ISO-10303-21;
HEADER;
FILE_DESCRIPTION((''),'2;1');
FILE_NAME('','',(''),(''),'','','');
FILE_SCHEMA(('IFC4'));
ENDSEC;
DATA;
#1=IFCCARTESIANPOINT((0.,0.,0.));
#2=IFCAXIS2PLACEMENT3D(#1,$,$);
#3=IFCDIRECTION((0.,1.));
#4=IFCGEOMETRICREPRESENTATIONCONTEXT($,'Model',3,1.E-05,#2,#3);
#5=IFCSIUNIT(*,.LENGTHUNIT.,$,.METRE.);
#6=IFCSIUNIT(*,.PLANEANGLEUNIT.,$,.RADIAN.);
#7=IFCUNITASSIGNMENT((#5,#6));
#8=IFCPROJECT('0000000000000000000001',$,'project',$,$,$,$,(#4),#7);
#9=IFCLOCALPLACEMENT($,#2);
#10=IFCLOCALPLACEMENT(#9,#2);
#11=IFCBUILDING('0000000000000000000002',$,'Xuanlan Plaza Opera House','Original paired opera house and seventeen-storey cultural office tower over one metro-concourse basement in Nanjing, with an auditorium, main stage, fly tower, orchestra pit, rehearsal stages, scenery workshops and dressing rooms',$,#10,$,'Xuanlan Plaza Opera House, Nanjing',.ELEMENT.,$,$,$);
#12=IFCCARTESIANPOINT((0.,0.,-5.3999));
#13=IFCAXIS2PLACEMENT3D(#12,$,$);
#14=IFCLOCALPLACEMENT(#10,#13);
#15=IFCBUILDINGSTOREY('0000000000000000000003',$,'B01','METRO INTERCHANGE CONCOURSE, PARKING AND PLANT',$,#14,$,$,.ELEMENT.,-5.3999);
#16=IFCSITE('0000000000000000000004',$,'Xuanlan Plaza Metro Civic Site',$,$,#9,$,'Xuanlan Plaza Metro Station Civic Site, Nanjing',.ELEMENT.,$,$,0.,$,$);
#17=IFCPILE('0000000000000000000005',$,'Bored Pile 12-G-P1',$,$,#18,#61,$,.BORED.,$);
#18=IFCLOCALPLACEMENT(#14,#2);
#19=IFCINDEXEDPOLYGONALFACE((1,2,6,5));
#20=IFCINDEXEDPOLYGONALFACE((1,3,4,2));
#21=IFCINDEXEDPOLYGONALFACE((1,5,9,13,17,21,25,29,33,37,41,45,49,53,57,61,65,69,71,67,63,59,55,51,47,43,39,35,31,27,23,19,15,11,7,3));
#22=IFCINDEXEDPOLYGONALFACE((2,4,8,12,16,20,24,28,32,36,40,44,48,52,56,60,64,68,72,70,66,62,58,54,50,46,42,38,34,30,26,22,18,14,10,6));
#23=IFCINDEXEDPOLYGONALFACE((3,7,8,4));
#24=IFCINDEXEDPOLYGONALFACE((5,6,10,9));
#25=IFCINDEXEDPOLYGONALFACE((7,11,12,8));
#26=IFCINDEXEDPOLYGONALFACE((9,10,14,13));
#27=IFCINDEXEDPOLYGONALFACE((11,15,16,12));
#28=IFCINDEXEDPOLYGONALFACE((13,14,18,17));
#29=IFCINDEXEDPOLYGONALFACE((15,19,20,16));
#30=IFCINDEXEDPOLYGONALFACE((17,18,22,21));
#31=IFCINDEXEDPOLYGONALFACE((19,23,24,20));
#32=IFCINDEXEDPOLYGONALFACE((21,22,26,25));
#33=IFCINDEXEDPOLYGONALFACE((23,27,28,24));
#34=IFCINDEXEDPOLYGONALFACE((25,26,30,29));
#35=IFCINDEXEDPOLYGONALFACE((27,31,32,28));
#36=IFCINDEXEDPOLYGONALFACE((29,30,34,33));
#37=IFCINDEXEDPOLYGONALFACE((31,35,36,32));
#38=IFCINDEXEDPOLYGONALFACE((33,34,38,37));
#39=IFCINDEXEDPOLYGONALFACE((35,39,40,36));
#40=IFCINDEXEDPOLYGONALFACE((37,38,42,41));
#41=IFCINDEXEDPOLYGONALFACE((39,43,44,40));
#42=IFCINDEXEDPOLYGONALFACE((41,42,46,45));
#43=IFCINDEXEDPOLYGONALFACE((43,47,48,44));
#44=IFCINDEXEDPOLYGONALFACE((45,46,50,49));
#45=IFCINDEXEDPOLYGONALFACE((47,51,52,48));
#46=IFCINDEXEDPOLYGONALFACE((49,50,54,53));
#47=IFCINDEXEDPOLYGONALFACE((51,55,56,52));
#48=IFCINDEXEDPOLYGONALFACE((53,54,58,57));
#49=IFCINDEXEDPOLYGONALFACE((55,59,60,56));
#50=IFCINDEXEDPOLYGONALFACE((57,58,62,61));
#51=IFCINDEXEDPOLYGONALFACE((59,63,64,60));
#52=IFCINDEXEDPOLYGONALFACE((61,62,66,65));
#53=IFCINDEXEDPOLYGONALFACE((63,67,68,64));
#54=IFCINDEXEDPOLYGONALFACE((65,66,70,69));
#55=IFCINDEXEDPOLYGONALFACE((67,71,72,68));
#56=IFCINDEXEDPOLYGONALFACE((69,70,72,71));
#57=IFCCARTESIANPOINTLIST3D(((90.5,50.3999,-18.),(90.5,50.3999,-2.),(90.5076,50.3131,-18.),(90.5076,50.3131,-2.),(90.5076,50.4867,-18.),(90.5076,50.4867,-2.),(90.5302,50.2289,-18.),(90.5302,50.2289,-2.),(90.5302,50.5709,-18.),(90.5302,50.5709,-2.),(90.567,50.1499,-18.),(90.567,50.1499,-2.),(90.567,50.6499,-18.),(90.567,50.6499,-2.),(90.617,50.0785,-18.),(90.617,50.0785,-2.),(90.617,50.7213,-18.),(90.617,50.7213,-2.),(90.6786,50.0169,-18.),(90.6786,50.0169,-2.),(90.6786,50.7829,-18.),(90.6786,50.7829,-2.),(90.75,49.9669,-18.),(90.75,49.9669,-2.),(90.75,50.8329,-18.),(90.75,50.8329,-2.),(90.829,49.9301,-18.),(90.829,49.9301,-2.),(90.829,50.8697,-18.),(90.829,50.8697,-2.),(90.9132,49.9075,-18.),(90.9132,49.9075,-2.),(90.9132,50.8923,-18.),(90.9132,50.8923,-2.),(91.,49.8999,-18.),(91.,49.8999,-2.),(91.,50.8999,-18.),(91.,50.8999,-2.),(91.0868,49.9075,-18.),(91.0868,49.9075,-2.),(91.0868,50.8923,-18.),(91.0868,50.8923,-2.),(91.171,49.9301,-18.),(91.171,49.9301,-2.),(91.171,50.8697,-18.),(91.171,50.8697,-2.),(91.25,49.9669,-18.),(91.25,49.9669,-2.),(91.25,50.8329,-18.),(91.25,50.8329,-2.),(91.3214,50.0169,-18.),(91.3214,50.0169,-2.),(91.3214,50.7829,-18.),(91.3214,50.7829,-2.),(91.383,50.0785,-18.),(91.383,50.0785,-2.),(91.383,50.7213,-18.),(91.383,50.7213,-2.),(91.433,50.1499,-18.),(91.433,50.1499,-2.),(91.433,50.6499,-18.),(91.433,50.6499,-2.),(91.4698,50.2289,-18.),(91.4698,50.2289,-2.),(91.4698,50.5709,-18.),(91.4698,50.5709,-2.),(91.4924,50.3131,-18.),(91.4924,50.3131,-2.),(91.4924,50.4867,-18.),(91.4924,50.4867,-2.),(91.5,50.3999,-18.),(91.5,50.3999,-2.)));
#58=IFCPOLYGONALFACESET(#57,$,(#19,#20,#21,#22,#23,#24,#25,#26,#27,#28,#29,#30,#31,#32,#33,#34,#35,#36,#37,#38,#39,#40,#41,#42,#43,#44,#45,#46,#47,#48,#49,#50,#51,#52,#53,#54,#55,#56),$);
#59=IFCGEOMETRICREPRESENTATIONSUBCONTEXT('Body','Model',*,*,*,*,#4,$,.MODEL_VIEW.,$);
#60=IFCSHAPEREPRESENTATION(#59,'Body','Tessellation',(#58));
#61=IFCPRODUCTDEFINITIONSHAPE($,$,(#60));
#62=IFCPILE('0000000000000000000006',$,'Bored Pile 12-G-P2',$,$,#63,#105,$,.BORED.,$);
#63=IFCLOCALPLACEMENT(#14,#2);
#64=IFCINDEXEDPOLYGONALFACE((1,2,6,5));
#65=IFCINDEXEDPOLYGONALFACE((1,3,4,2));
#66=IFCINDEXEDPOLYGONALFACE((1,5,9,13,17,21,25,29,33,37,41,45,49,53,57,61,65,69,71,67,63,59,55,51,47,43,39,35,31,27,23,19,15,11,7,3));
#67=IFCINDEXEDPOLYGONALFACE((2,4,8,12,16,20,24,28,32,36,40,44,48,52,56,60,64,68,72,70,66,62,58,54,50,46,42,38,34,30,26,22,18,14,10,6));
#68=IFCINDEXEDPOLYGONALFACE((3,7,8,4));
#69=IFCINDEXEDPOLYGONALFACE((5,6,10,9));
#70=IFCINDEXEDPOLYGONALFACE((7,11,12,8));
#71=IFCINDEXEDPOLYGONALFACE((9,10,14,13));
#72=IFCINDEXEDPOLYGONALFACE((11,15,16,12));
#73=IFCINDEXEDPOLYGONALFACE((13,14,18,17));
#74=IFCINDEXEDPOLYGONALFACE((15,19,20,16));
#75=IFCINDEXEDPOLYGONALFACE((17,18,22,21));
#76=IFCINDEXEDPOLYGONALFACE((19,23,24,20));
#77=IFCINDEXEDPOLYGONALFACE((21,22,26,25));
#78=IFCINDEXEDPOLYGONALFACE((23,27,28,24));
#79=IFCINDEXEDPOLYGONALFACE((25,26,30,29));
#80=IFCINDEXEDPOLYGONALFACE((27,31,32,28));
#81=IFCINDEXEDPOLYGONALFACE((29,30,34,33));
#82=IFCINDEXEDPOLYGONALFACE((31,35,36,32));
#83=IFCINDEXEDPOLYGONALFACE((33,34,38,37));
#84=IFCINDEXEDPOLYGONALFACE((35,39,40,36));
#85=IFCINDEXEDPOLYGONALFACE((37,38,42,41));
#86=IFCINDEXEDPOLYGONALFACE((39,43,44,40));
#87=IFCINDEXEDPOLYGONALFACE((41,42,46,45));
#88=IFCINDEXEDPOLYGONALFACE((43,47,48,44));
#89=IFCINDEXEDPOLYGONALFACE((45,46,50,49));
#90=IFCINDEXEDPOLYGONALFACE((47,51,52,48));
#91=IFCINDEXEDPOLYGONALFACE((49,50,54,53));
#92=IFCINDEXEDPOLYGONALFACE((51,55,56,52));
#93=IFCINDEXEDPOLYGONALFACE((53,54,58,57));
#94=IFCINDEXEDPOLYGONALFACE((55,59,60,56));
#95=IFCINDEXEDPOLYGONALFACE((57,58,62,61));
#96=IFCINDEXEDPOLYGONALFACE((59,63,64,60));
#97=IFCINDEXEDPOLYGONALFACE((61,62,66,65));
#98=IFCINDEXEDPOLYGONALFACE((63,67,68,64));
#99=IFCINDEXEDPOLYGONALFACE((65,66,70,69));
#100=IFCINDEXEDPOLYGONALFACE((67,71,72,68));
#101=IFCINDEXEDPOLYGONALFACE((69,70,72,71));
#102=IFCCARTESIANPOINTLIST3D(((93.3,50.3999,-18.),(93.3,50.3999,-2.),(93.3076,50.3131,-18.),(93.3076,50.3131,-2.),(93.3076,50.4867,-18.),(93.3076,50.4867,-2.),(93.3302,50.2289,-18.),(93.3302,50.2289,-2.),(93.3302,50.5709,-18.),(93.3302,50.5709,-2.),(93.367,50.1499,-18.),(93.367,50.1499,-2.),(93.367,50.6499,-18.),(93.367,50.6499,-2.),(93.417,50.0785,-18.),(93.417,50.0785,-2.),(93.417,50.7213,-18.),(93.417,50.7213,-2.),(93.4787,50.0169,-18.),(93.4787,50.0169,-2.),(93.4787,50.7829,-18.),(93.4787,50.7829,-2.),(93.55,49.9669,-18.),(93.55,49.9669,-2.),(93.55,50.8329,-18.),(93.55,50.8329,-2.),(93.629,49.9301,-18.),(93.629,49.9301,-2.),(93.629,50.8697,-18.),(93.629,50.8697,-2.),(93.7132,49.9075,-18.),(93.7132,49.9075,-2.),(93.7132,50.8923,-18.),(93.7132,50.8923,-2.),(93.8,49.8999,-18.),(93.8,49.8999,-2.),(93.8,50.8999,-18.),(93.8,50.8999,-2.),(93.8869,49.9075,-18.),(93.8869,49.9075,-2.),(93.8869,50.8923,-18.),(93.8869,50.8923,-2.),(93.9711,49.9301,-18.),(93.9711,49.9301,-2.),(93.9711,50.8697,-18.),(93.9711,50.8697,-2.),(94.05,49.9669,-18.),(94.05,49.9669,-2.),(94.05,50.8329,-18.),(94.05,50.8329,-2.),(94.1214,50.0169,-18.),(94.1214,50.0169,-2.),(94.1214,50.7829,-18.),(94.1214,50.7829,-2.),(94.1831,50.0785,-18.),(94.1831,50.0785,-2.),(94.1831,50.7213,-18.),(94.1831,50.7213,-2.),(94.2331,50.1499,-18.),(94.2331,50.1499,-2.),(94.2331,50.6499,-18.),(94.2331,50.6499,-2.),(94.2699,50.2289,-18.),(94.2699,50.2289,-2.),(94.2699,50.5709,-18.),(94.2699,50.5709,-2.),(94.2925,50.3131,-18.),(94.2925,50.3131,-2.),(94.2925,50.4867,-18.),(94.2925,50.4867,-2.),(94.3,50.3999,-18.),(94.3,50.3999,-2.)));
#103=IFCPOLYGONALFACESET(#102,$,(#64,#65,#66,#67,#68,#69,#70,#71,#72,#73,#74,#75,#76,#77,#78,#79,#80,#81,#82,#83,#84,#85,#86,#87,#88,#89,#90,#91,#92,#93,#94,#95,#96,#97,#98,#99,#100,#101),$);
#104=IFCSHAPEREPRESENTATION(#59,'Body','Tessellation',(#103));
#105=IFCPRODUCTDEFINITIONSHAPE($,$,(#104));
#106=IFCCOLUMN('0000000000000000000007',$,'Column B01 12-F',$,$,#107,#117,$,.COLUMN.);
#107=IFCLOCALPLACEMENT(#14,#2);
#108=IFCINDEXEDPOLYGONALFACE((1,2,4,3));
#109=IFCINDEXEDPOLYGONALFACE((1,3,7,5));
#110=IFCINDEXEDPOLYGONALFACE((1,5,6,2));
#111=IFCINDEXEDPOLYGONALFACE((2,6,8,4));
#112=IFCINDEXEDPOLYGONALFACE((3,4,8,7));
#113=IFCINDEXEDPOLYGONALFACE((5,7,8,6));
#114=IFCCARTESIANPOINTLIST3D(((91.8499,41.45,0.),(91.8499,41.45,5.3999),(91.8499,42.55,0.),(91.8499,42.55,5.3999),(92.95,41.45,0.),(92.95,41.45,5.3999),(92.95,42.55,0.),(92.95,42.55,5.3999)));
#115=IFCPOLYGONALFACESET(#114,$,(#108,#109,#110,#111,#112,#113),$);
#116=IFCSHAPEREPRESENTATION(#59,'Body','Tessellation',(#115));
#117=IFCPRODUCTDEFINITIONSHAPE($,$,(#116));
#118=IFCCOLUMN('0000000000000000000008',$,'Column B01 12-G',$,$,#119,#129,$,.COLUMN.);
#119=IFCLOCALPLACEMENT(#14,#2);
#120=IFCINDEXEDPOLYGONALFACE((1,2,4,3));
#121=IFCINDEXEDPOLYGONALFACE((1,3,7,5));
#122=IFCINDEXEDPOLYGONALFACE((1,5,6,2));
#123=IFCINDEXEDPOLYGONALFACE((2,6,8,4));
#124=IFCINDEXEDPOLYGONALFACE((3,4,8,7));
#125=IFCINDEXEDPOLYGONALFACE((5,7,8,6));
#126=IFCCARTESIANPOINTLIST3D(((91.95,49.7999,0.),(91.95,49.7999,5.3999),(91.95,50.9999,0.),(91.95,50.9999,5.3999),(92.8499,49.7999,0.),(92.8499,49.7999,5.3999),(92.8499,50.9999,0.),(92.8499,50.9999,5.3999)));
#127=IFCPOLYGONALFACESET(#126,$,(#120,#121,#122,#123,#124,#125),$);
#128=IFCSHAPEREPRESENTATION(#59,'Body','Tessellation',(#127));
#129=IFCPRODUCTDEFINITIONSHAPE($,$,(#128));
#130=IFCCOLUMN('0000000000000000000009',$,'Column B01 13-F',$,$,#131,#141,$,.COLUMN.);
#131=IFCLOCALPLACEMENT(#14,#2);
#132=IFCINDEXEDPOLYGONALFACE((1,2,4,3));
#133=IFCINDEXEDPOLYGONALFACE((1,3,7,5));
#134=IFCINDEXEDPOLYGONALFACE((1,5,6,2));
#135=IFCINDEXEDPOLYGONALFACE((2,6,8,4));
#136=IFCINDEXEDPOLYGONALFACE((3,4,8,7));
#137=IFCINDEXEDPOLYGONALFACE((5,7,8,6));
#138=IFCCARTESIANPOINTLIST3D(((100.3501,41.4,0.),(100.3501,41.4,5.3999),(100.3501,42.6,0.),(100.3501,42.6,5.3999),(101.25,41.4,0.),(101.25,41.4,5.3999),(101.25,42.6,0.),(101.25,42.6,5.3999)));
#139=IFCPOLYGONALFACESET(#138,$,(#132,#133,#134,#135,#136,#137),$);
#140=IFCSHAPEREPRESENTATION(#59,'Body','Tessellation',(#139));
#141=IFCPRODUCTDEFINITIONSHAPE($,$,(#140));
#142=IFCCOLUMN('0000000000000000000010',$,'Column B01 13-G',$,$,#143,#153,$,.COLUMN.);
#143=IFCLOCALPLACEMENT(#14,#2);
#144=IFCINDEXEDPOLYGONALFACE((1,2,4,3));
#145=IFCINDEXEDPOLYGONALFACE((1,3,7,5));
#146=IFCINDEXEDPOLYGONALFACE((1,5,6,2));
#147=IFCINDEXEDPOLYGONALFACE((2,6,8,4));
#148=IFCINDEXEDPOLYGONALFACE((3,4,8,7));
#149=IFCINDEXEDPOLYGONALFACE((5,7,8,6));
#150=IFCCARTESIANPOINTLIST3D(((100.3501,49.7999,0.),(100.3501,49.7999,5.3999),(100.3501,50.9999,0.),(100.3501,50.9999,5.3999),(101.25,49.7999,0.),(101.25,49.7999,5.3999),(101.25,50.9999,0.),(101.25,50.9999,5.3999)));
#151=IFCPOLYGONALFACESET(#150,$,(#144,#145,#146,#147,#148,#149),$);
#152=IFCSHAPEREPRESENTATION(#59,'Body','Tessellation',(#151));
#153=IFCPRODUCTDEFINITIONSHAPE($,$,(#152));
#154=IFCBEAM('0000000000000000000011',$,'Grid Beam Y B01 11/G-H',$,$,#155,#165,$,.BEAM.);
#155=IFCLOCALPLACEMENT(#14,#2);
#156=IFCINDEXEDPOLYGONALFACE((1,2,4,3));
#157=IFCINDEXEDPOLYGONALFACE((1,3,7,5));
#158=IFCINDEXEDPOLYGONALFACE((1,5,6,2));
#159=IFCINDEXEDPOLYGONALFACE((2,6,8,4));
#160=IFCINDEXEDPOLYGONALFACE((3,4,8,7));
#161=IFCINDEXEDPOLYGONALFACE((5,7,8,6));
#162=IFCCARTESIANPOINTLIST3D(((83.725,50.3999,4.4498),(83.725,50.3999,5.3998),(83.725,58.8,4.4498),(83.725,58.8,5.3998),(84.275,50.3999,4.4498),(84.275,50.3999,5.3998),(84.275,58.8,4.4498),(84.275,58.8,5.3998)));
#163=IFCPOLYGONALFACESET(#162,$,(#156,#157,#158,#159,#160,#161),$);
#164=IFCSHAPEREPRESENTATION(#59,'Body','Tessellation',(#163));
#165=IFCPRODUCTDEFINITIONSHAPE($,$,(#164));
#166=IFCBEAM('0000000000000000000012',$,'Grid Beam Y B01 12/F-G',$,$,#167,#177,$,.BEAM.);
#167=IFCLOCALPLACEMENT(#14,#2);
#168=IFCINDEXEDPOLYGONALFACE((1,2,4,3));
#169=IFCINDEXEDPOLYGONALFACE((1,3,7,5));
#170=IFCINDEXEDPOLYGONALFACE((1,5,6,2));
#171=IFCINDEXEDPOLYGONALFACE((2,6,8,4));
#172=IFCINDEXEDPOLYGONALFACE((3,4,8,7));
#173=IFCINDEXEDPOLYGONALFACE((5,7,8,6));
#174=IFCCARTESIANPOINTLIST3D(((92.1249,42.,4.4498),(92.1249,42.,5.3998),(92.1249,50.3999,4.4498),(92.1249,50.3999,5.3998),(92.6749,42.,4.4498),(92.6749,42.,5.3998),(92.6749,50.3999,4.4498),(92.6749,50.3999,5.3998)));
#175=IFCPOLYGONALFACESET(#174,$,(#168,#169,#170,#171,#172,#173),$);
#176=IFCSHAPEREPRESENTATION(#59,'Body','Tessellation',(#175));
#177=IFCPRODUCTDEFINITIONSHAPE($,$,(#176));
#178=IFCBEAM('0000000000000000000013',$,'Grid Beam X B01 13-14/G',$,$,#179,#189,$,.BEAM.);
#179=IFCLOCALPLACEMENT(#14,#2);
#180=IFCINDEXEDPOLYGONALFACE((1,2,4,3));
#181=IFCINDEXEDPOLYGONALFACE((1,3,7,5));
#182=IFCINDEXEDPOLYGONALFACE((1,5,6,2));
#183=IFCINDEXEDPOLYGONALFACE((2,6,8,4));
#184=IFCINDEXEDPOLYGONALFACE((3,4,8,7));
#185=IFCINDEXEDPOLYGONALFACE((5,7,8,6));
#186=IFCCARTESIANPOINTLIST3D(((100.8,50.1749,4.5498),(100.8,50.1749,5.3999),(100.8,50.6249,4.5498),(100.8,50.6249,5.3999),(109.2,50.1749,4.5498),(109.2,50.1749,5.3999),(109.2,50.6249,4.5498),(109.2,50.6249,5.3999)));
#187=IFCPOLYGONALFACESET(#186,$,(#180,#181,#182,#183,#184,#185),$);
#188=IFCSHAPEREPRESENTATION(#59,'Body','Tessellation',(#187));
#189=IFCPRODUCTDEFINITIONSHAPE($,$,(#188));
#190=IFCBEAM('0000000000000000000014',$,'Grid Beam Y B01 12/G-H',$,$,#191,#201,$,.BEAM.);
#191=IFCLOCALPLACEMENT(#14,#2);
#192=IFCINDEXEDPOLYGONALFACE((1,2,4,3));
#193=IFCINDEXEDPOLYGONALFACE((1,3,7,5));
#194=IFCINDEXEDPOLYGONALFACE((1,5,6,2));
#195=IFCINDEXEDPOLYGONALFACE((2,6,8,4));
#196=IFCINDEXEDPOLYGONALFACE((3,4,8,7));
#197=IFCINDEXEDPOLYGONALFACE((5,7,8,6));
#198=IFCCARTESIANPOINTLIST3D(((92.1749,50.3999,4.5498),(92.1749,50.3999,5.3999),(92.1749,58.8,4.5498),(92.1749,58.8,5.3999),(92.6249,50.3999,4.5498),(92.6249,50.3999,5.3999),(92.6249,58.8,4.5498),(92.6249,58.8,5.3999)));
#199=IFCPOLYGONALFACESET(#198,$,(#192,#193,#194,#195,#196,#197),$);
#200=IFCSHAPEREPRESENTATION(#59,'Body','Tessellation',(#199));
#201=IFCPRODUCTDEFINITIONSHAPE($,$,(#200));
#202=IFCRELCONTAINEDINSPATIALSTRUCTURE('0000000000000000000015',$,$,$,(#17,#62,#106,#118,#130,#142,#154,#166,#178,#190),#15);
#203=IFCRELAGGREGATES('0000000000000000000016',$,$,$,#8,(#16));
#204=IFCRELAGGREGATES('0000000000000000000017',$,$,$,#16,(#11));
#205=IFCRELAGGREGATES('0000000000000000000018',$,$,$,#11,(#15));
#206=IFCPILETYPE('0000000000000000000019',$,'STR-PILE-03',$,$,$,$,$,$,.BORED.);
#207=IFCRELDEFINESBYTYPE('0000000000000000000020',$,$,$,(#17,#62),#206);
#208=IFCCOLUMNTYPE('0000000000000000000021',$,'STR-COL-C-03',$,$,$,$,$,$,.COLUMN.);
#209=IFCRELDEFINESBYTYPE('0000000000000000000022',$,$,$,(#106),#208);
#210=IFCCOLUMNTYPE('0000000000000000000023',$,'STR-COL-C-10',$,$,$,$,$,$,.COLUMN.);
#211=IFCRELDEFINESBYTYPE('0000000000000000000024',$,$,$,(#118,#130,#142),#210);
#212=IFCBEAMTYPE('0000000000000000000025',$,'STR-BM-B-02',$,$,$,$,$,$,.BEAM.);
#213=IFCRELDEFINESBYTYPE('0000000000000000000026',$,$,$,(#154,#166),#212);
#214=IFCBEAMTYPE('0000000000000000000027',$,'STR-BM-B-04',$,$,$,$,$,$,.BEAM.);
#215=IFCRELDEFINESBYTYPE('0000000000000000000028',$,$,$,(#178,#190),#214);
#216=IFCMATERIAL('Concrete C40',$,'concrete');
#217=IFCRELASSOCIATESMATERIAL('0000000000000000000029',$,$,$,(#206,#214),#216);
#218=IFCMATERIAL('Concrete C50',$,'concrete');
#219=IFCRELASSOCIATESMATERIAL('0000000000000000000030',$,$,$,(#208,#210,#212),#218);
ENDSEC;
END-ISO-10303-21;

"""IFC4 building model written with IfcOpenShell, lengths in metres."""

from ifc_helpers import new_model, si_unit, direction, frame, origin, origin_2d, place, context, subcontext, project, spatial, rectangle, circle, extrude, material, material_profile, profile_set, type_object, element, save


model = new_model("IFC4")

# Units and contexts
model_context = context("Model", 3, precision=1e-05, world=origin(), true_north=direction((0.0, 1.0)))
body_context = subcontext(model_context, "Body", "Model", "MODEL_VIEW")
ifc_project = project(units=[si_unit("LENGTHUNIT", "METRE"), si_unit("PLANEANGLEUNIT", "RADIAN")], contexts=[model_context])

# Site, building, storey
site_placement = place(None, origin())
site = spatial("IfcSite", under=ifc_project, at=site_placement, Name="Xuanlan Plaza Metro Civic Site", LongName="Xuanlan Plaza Metro Station Civic Site, Nanjing", CompositionType="ELEMENT", RefElevation=0.0)
building_placement = place(site_placement, origin())
building = spatial("IfcBuilding", under=site, at=building_placement, Name="Xuanlan Plaza Opera House", Description="Original paired opera house and seventeen-storey cultural office tower over one metro-concourse basement in Nanjing, with an auditorium, main stage, fly tower, orchestra pit, rehearsal stages, scenery workshops and dressing rooms", LongName="Xuanlan Plaza Opera House, Nanjing", CompositionType="ELEMENT")
storey_placement = place(building_placement, frame((0.0, 0.0, -5.3999)))
storey = spatial("IfcBuildingStorey", under=building, at=storey_placement, Name="B01", Description="METRO INTERCHANGE CONCOURSE, PARKING AND PLANT", CompositionType="ELEMENT", Elevation=-5.3999)

# Shared definitions
ifc_material_1 = material(Name="Concrete C40", Category="concrete")
ifc_material_2 = material(Name="Concrete C50", Category="concrete")

# Piles
ifc_material_profile_1 = material_profile(ifc_material_1, circle(Radius=0.5, at=origin_2d()), Name="PILE D1000")
ifc_profile_set_1 = profile_set([ifc_material_profile_1], Name="Concrete C40")
pile_type_1 = type_object("IfcPileType", Name="STR-PILE-03", PredefinedType="BORED", material=ifc_profile_set_1)
for number, where, z_axis, x_axis, name in (
    (1, (91.0, 50.3999, -2.0), (0.0, 0.0, -1.0), (1.0, 0.0, 0.0), "Bored Pile 12-G-P1"),
    (2, (93.8, 50.3999, -2.0), (0.0, 0.0, -1.0), (1.0, 0.0, 0.0), "Bored Pile 12-G-P2"),
):
    element("IfcPile", number, at=place(storey_placement, frame(where, z_axis=z_axis, x_axis=x_axis)), inside=storey, type_object=pile_type_1, Name=name, PredefinedType="BORED", context=body_context, shape_type="SweptSolid", body=[
        extrude(circle(Radius=0.5, at=origin_2d()), origin(), (0.0, 0.0, 1.0), 16.0),
    ])

# Columns
ifc_material_profile_2 = material_profile(ifc_material_2, rectangle(XDim=1.1001, YDim=1.1001, at=origin_2d()), Name="RC-COL 1100x1100")
ifc_profile_set_2 = profile_set([ifc_material_profile_2], Name="Concrete C50")
column_type_1 = type_object("IfcColumnType", Name="STR-COL-C-03", PredefinedType="COLUMN", material=ifc_profile_set_2)
column_placement = place(storey_placement, frame((92.3999, 42.0, 0.0), z_axis=(0.0, 0.0, 1.0), x_axis=(1.0, 0.0, 0.0)))
element("IfcColumn", 3, at=column_placement, inside=storey, type_object=column_type_1, Name="Column B01 12-F", PredefinedType="COLUMN", context=body_context, shape_type="SweptSolid", body=[
    extrude(rectangle(XDim=1.1001, YDim=1.1001, at=origin_2d()), origin(), (0.0, 0.0, 1.0), 5.3999),
])
ifc_material_profile_3 = material_profile(ifc_material_2, rectangle(XDim=0.8999, YDim=1.2, at=origin_2d()), Name="RC-COL 900x1200")
ifc_profile_set_3 = profile_set([ifc_material_profile_3], Name="Concrete C50")
column_type_2 = type_object("IfcColumnType", Name="STR-COL-C-10", PredefinedType="COLUMN", material=ifc_profile_set_3)
for number, where, z_axis, x_axis, name in (
    (4, (92.3999, 50.3999, 0.0), (0.0, 0.0, 1.0), (1.0, 0.0, 0.0), "Column B01 12-G"),
    (5, (100.8, 42.0, 0.0), (0.0, 0.0, 1.0), (1.0, 0.0, 0.0), "Column B01 13-F"),
    (6, (100.8, 50.3999, 0.0), (0.0, 0.0, 1.0), (1.0, 0.0, 0.0), "Column B01 13-G"),
):
    element("IfcColumn", number, at=place(storey_placement, frame(where, z_axis=z_axis, x_axis=x_axis)), inside=storey, type_object=column_type_2, Name=name, PredefinedType="COLUMN", context=body_context, shape_type="SweptSolid", body=[
        extrude(rectangle(XDim=0.8999, YDim=1.2, at=origin_2d()), origin(), (0.0, 0.0, 1.0), 5.3999),
    ])

# Beams
ifc_material_profile_4 = material_profile(ifc_material_2, rectangle(XDim=0.55, YDim=0.95, at=origin_2d()), Name="RC-BM 550x950")
ifc_profile_set_4 = profile_set([ifc_material_profile_4], Name="Concrete C50")
beam_type_1 = type_object("IfcBeamType", Name="STR-BM-B-02", PredefinedType="BEAM", material=ifc_profile_set_4)
beam_1_placement = place(storey_placement, frame((84.0, 50.3999, 4.9248), z_axis=(0.0, 1.0, 0.0), x_axis=(-1.0, 0.0, 0.0)))
element("IfcBeam", 7, at=beam_1_placement, inside=storey, type_object=beam_type_1, Name="Grid Beam Y B01 11/G-H", PredefinedType="BEAM", context=body_context, shape_type="SweptSolid", body=[
    extrude(rectangle(XDim=0.55, YDim=0.95, at=origin_2d()), origin(), (0.0, 0.0, 1.0), 8.4001),
])
beam_2_placement = place(storey_placement, frame((92.3999, 42.0, 4.9248), z_axis=(0.0, 1.0, 0.0), x_axis=(-1.0, 0.0, 0.0)))
element("IfcBeam", 8, at=beam_2_placement, inside=storey, type_object=beam_type_1, Name="Grid Beam Y B01 12/F-G", PredefinedType="BEAM", context=body_context, shape_type="SweptSolid", body=[
    extrude(rectangle(XDim=0.55, YDim=0.95, at=origin_2d()), origin(), (0.0, 0.0, 1.0), 8.3999),
])
ifc_material_profile_5 = material_profile(ifc_material_1, rectangle(XDim=0.45, YDim=0.8501, at=origin_2d()), Name="RC-BM 450x850")
ifc_profile_set_5 = profile_set([ifc_material_profile_5], Name="Concrete C40")
beam_type_2 = type_object("IfcBeamType", Name="STR-BM-B-04", PredefinedType="BEAM", material=ifc_profile_set_5)
beam_3_placement = place(storey_placement, frame((100.8, 50.3999, 4.9749), z_axis=(1.0, 0.0, 0.0), x_axis=(0.0, 1.0, 0.0)))
element("IfcBeam", 9, at=beam_3_placement, inside=storey, type_object=beam_type_2, Name="Grid Beam X B01 13-14/G", PredefinedType="BEAM", context=body_context, shape_type="SweptSolid", body=[
    extrude(rectangle(XDim=0.45, YDim=0.8501, at=origin_2d()), origin(), (0.0, 0.0, 1.0), 8.3999),
])
beam_4_placement = place(storey_placement, frame((92.3999, 50.3999, 4.9749), z_axis=(0.0, 1.0, 0.0), x_axis=(-1.0, 0.0, 0.0)))
element("IfcBeam", 10, at=beam_4_placement, inside=storey, type_object=beam_type_2, Name="Grid Beam Y B01 12/G-H", PredefinedType="BEAM", context=body_context, shape_type="SweptSolid", body=[
    extrude(rectangle(XDim=0.45, YDim=0.8501, at=origin_2d()), origin(), (0.0, 0.0, 1.0), 8.4001),
])

save(model, "model.ifc")
